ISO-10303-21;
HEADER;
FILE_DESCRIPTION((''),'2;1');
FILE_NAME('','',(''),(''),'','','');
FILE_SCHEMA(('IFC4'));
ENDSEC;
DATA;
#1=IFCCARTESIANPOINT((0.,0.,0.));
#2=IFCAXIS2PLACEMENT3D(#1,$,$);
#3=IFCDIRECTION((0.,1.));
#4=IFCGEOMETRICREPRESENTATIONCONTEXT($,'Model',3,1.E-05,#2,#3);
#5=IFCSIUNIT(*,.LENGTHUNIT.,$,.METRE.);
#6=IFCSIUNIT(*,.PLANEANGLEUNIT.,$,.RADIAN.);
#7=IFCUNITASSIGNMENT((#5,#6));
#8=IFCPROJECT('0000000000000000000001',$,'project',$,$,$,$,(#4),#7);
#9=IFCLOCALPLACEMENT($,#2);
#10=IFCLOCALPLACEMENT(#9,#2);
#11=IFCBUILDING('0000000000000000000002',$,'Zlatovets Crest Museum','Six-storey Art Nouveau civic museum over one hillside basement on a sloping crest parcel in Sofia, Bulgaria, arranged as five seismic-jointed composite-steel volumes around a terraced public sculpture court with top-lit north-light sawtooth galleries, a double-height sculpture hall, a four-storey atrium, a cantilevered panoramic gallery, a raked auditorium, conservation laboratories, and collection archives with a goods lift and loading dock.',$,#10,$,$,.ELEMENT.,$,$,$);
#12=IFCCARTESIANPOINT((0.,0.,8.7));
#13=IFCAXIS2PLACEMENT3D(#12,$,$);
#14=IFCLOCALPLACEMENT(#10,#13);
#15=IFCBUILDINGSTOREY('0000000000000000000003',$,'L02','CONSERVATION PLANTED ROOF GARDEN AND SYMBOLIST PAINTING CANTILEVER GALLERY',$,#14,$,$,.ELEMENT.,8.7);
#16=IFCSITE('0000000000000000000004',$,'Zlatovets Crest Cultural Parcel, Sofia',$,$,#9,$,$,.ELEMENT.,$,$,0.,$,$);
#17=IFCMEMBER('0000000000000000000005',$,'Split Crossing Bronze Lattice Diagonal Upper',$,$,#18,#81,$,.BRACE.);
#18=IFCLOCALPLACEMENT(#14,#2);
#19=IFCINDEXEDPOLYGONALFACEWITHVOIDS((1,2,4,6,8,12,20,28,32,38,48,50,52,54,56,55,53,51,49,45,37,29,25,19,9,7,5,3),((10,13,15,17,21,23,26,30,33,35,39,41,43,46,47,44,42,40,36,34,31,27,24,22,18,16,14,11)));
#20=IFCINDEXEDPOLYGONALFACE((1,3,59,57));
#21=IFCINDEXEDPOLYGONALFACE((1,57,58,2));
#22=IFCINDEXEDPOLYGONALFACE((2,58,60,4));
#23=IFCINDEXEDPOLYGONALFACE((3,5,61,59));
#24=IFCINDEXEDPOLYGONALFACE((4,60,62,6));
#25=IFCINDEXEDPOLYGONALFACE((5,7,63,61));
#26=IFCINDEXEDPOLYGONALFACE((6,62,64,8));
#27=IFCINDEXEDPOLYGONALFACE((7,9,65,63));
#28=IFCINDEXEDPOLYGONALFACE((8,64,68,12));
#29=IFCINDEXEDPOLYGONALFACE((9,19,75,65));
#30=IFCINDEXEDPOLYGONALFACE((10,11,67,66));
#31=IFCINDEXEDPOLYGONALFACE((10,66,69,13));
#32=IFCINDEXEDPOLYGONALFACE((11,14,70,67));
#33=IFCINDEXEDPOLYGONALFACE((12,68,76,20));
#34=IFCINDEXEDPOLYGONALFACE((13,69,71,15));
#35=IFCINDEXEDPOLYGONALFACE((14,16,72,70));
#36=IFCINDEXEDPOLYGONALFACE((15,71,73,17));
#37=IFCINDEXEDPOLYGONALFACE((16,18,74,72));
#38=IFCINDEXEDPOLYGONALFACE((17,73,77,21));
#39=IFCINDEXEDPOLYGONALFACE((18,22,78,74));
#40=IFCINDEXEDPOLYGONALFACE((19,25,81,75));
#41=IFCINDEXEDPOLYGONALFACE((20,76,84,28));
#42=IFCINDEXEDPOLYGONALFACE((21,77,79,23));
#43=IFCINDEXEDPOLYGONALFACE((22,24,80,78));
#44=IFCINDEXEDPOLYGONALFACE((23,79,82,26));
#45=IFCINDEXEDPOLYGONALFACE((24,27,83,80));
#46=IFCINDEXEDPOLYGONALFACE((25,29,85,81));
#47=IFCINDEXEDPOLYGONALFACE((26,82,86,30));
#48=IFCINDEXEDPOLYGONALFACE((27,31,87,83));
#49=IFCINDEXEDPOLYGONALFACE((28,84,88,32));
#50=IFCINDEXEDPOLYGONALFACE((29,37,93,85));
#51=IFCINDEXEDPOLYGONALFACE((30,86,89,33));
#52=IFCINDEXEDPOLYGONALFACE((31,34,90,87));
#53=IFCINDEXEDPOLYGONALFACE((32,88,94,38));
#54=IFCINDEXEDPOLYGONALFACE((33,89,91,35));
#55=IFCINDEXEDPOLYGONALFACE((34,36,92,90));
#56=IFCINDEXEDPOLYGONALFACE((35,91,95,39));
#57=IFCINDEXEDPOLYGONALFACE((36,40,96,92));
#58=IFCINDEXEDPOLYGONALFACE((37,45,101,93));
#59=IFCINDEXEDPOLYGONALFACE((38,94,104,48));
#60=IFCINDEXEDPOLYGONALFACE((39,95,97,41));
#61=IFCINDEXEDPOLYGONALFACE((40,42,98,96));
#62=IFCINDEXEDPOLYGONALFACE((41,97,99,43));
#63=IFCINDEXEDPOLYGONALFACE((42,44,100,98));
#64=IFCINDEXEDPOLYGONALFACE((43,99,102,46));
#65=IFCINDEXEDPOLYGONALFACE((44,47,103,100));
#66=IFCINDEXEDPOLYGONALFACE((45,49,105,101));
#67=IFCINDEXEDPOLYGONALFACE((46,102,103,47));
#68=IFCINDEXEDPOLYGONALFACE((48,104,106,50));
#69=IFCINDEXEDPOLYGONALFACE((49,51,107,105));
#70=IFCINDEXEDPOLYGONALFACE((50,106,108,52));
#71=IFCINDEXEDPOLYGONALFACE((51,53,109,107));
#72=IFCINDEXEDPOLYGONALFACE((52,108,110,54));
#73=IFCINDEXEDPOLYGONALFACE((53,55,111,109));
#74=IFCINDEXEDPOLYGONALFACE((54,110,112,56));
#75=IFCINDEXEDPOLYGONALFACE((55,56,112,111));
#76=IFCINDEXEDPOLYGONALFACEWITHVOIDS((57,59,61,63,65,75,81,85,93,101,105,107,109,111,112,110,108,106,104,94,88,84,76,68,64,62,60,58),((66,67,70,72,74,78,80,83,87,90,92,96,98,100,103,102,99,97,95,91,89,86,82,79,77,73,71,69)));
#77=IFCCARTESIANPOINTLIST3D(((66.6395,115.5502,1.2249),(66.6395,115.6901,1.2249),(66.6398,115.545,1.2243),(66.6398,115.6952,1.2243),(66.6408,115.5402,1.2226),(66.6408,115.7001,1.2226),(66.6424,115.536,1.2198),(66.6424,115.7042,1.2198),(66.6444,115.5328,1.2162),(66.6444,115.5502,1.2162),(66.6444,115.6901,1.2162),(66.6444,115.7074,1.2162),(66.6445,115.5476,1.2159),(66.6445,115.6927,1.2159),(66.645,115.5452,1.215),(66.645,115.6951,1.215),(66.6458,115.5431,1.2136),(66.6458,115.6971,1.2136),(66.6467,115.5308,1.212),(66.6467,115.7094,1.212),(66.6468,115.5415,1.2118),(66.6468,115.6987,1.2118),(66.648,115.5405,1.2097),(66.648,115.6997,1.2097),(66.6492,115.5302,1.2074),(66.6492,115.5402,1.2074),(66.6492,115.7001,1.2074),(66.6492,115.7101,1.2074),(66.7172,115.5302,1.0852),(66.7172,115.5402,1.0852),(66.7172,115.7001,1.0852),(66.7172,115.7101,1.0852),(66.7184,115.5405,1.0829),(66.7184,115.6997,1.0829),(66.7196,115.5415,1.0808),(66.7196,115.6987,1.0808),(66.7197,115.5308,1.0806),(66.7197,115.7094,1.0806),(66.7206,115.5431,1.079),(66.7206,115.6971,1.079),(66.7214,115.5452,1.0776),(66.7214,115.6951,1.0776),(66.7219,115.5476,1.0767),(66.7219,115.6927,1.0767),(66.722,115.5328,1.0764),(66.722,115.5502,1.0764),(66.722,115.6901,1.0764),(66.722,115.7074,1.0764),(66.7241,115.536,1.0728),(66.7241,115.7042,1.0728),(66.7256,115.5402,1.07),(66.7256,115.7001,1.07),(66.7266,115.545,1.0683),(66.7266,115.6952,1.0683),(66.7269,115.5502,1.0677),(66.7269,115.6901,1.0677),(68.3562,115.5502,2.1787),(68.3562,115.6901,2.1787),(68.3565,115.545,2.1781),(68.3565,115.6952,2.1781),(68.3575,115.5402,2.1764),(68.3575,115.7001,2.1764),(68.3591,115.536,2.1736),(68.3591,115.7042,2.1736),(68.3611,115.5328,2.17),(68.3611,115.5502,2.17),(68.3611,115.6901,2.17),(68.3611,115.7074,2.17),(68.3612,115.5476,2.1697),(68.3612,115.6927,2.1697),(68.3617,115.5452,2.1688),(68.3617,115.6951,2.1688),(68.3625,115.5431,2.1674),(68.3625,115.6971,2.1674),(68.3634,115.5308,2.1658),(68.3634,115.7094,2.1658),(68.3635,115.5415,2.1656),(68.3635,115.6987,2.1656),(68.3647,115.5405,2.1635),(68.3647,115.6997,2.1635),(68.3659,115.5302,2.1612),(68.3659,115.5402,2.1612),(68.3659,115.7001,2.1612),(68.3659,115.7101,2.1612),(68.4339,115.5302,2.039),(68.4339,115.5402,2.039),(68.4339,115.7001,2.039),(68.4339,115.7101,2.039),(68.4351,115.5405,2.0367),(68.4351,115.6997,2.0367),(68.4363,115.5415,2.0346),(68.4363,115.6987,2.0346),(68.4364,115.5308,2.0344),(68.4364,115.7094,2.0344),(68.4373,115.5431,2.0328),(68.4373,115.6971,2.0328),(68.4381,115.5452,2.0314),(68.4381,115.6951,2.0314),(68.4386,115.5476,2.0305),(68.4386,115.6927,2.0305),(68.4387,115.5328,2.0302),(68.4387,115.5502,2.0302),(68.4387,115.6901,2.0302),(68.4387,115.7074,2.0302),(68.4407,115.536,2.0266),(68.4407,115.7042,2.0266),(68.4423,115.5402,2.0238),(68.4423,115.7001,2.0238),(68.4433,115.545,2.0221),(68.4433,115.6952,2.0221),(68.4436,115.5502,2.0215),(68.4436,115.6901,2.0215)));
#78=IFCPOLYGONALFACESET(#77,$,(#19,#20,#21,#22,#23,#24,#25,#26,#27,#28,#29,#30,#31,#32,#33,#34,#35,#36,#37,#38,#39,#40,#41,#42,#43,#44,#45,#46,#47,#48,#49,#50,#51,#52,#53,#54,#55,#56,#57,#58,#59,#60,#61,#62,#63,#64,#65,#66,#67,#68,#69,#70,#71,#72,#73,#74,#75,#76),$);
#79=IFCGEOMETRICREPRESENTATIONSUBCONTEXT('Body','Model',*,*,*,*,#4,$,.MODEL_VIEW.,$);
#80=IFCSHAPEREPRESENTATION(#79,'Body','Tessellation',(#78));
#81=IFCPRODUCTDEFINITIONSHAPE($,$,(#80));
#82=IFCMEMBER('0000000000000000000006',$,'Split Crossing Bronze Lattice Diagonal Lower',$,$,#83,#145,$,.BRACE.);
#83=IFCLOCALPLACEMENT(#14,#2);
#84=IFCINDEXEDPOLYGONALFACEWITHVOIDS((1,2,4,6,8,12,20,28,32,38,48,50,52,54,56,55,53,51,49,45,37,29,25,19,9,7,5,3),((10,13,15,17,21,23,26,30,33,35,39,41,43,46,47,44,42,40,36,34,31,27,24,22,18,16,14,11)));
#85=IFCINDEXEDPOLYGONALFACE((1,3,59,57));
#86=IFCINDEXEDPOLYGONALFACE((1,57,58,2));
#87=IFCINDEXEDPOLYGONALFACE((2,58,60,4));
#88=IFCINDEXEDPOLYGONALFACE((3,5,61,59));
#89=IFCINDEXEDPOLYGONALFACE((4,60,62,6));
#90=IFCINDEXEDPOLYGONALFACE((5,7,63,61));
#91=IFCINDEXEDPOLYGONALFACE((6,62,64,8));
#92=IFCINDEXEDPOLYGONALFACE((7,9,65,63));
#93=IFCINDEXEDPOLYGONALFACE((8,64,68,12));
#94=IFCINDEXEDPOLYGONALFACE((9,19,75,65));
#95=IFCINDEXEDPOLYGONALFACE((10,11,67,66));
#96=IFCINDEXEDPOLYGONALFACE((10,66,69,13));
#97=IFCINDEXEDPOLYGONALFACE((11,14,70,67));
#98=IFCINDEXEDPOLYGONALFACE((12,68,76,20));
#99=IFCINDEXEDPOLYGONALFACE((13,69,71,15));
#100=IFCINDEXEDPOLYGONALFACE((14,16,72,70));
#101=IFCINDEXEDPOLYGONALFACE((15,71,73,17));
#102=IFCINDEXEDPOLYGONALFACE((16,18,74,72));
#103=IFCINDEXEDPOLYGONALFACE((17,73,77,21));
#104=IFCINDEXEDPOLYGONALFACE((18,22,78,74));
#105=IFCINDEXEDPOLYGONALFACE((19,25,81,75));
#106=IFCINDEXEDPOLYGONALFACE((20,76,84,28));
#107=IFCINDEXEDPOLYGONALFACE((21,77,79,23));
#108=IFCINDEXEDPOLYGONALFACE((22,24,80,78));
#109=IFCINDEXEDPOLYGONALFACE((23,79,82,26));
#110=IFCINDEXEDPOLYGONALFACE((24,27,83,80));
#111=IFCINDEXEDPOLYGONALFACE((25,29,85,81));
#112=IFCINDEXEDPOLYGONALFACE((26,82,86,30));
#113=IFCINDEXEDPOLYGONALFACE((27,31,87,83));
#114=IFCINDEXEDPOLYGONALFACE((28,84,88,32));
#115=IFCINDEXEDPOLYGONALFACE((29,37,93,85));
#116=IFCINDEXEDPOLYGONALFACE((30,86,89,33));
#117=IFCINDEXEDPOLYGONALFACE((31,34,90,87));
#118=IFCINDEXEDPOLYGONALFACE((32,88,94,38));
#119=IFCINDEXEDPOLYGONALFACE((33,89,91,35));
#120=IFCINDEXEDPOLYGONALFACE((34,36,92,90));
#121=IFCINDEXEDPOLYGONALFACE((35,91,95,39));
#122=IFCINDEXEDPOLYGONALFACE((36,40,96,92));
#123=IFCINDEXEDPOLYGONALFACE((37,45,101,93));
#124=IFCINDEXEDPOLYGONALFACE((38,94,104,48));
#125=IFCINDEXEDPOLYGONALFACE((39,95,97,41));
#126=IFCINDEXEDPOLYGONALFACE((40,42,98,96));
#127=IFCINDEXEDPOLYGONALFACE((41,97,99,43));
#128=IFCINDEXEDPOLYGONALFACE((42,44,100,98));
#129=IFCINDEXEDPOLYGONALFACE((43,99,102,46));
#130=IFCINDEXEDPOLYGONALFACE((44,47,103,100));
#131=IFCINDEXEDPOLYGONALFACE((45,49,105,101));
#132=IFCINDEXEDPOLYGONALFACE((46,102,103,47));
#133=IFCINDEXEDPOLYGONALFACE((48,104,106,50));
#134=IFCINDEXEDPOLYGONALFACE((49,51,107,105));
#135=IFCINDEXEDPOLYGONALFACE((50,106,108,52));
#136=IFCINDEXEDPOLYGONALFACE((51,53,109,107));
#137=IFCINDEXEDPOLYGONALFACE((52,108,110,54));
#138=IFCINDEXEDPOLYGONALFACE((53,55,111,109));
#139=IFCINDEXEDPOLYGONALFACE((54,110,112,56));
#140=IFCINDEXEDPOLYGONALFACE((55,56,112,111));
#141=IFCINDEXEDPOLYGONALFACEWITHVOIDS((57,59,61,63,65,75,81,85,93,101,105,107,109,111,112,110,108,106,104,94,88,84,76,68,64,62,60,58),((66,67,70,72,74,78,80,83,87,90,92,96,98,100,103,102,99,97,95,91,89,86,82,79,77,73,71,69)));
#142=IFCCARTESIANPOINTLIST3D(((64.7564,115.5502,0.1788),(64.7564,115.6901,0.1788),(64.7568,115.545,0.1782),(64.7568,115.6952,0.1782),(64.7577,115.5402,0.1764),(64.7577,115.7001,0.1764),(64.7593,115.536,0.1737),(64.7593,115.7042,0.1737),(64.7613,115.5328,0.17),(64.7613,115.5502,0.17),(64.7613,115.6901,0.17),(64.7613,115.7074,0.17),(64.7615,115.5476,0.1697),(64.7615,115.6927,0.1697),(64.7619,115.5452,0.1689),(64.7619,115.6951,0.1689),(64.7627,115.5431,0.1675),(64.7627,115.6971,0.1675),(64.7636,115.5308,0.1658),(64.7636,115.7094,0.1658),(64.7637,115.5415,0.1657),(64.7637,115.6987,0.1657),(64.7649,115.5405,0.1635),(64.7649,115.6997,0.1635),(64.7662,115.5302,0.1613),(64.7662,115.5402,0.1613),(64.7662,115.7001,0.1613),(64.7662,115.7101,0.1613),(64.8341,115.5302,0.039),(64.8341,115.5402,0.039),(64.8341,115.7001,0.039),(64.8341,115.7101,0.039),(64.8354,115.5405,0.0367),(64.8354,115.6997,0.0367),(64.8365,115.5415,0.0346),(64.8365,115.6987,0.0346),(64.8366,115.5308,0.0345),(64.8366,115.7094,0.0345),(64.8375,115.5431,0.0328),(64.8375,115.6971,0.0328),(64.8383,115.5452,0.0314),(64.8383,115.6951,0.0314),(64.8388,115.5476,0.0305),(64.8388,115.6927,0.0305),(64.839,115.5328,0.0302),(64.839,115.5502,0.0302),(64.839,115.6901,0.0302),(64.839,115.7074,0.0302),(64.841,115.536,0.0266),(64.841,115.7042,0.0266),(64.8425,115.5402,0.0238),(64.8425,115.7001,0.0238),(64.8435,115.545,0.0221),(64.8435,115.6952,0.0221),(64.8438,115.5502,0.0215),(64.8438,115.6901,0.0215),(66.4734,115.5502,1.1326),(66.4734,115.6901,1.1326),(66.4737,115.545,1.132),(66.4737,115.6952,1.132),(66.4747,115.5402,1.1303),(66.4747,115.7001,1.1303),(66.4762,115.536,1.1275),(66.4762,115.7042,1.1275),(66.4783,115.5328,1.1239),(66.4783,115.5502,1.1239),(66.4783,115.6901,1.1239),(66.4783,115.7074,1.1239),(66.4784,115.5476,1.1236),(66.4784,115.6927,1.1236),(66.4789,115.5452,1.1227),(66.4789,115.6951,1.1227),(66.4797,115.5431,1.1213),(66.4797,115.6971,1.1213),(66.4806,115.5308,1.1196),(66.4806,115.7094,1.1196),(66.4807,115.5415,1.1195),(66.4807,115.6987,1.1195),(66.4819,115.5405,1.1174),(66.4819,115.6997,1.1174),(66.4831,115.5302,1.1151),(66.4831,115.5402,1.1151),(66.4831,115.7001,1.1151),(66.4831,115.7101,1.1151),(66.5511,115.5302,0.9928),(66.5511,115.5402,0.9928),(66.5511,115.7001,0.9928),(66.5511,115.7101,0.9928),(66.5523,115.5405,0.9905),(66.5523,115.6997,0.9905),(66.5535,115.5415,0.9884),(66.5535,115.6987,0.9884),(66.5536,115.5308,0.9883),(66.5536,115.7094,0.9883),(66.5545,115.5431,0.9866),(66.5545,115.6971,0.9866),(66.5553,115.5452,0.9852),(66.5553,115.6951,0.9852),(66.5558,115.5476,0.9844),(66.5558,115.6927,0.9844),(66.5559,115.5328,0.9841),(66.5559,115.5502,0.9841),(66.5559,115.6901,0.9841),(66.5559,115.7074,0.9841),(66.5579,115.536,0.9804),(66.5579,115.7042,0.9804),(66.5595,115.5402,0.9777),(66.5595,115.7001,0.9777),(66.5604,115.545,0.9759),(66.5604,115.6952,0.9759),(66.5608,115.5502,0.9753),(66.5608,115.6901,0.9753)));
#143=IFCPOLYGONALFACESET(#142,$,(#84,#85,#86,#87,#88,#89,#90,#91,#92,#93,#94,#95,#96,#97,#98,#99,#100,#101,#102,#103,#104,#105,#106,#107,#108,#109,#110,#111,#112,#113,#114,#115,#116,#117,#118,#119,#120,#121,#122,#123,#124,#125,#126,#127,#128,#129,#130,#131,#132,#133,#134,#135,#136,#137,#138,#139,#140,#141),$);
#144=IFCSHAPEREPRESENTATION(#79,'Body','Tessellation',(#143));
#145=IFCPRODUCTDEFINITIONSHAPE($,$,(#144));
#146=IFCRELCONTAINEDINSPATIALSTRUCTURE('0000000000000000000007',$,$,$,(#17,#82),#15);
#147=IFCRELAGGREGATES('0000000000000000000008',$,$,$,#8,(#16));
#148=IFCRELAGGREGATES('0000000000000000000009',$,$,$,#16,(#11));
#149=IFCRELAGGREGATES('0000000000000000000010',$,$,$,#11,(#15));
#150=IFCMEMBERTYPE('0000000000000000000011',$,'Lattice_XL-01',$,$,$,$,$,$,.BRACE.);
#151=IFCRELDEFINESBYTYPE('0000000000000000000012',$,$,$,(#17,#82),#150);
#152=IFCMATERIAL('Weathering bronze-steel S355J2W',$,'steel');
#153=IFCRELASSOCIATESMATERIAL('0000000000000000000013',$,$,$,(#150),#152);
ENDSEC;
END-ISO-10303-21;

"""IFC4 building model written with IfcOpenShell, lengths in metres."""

from ifc_helpers import new_model, si_unit, direction, frame, origin, origin_2d, place, context, subcontext, project, spatial, hollow_rectangle, extrude, material, material_profile, profile_set, type_object, element, save


model = new_model("IFC4")

# Units and contexts
model_context = context("Model", 3, precision=1e-05, world=origin(), true_north=direction((0.0, 1.0)))
body_context = subcontext(model_context, "Body", "Model", "MODEL_VIEW")
ifc_project = project(units=[si_unit("LENGTHUNIT", "METRE"), si_unit("PLANEANGLEUNIT", "RADIAN")], contexts=[model_context])

# Site, building, storey
site_placement = place(None, origin())
site = spatial("IfcSite", under=ifc_project, at=site_placement, Name="Zlatovets Crest Cultural Parcel, Sofia", CompositionType="ELEMENT", RefElevation=0.0)
building_placement = place(site_placement, origin())
building = spatial("IfcBuilding", under=site, at=building_placement, Name="Zlatovets Crest Museum", Description="Six-storey Art Nouveau civic museum over one hillside basement on a sloping crest parcel in Sofia, Bulgaria, arranged as five seismic-jointed composite-steel volumes around a terraced public sculpture court with top-lit north-light sawtooth galleries, a double-height sculpture hall, a four-storey atrium, a cantilevered panoramic gallery, a raked auditorium, conservation laboratories, and collection archives with a goods lift and loading dock.", CompositionType="ELEMENT")
storey_placement = place(building_placement, frame((0.0, 0.0, 8.7)))
storey = spatial("IfcBuildingStorey", under=building, at=storey_placement, Name="L02", Description="CONSERVATION PLANTED ROOF GARDEN AND SYMBOLIST PAINTING CANTILEVER GALLERY", CompositionType="ELEMENT", Elevation=8.7)

# Members
ifc_material_1 = material(Name="Weathering bronze-steel S355J2W", Category="steel")
ifc_material_profile_1 = material_profile(ifc_material_1, hollow_rectangle(XDim=0.1799, YDim=0.1799, WallThickness=0.01, InnerFilletRadius=0.01, OuterFilletRadius=0.02, at=origin_2d()), Name="SHS 180x180x10.0")
ifc_profile_set_1 = profile_set([ifc_material_profile_1], Name="Weathering bronze-steel S355J2W")
member_type_1 = type_object("IfcMemberType", Name="Lattice_XL-01", PredefinedType="BRACE", material=ifc_profile_set_1)
member_1_placement = place(storey_placement, frame((68.3999, 115.6201, 2.1001), z_axis=(-0.87414, 0.0, -0.485675), x_axis=(0.0, -1.0, 0.0)))
element("IfcMember", 1, at=member_1_placement, inside=storey, type_object=member_type_1, Name="Split Crossing Bronze Lattice Diagonal Upper", PredefinedType="BRACE", context=body_context, shape_type="SweptSolid", body=[
    extrude(hollow_rectangle(XDim=0.1799, YDim=0.1799, WallThickness=0.01, InnerFilletRadius=0.01, OuterFilletRadius=0.02, at=origin_2d()), origin(), (0.0, 0.0, 1.0), 1.9639),
])
member_2_placement = place(storey_placement, frame((66.5171, 115.6201, 1.054), z_axis=(-0.874169, 0.0, -0.485622), x_axis=(0.0, -1.0, 0.0)))
element("IfcMember", 2, at=member_2_placement, inside=storey, type_object=member_type_1, Name="Split Crossing Bronze Lattice Diagonal Lower", PredefinedType="BRACE", context=body_context, shape_type="SweptSolid", body=[
    extrude(hollow_rectangle(XDim=0.1799, YDim=0.1799, WallThickness=0.01, InnerFilletRadius=0.01, OuterFilletRadius=0.02, at=origin_2d()), origin(), (0.0, 0.0, 1.0), 1.9641),
])

save(model, "model.ifc")
